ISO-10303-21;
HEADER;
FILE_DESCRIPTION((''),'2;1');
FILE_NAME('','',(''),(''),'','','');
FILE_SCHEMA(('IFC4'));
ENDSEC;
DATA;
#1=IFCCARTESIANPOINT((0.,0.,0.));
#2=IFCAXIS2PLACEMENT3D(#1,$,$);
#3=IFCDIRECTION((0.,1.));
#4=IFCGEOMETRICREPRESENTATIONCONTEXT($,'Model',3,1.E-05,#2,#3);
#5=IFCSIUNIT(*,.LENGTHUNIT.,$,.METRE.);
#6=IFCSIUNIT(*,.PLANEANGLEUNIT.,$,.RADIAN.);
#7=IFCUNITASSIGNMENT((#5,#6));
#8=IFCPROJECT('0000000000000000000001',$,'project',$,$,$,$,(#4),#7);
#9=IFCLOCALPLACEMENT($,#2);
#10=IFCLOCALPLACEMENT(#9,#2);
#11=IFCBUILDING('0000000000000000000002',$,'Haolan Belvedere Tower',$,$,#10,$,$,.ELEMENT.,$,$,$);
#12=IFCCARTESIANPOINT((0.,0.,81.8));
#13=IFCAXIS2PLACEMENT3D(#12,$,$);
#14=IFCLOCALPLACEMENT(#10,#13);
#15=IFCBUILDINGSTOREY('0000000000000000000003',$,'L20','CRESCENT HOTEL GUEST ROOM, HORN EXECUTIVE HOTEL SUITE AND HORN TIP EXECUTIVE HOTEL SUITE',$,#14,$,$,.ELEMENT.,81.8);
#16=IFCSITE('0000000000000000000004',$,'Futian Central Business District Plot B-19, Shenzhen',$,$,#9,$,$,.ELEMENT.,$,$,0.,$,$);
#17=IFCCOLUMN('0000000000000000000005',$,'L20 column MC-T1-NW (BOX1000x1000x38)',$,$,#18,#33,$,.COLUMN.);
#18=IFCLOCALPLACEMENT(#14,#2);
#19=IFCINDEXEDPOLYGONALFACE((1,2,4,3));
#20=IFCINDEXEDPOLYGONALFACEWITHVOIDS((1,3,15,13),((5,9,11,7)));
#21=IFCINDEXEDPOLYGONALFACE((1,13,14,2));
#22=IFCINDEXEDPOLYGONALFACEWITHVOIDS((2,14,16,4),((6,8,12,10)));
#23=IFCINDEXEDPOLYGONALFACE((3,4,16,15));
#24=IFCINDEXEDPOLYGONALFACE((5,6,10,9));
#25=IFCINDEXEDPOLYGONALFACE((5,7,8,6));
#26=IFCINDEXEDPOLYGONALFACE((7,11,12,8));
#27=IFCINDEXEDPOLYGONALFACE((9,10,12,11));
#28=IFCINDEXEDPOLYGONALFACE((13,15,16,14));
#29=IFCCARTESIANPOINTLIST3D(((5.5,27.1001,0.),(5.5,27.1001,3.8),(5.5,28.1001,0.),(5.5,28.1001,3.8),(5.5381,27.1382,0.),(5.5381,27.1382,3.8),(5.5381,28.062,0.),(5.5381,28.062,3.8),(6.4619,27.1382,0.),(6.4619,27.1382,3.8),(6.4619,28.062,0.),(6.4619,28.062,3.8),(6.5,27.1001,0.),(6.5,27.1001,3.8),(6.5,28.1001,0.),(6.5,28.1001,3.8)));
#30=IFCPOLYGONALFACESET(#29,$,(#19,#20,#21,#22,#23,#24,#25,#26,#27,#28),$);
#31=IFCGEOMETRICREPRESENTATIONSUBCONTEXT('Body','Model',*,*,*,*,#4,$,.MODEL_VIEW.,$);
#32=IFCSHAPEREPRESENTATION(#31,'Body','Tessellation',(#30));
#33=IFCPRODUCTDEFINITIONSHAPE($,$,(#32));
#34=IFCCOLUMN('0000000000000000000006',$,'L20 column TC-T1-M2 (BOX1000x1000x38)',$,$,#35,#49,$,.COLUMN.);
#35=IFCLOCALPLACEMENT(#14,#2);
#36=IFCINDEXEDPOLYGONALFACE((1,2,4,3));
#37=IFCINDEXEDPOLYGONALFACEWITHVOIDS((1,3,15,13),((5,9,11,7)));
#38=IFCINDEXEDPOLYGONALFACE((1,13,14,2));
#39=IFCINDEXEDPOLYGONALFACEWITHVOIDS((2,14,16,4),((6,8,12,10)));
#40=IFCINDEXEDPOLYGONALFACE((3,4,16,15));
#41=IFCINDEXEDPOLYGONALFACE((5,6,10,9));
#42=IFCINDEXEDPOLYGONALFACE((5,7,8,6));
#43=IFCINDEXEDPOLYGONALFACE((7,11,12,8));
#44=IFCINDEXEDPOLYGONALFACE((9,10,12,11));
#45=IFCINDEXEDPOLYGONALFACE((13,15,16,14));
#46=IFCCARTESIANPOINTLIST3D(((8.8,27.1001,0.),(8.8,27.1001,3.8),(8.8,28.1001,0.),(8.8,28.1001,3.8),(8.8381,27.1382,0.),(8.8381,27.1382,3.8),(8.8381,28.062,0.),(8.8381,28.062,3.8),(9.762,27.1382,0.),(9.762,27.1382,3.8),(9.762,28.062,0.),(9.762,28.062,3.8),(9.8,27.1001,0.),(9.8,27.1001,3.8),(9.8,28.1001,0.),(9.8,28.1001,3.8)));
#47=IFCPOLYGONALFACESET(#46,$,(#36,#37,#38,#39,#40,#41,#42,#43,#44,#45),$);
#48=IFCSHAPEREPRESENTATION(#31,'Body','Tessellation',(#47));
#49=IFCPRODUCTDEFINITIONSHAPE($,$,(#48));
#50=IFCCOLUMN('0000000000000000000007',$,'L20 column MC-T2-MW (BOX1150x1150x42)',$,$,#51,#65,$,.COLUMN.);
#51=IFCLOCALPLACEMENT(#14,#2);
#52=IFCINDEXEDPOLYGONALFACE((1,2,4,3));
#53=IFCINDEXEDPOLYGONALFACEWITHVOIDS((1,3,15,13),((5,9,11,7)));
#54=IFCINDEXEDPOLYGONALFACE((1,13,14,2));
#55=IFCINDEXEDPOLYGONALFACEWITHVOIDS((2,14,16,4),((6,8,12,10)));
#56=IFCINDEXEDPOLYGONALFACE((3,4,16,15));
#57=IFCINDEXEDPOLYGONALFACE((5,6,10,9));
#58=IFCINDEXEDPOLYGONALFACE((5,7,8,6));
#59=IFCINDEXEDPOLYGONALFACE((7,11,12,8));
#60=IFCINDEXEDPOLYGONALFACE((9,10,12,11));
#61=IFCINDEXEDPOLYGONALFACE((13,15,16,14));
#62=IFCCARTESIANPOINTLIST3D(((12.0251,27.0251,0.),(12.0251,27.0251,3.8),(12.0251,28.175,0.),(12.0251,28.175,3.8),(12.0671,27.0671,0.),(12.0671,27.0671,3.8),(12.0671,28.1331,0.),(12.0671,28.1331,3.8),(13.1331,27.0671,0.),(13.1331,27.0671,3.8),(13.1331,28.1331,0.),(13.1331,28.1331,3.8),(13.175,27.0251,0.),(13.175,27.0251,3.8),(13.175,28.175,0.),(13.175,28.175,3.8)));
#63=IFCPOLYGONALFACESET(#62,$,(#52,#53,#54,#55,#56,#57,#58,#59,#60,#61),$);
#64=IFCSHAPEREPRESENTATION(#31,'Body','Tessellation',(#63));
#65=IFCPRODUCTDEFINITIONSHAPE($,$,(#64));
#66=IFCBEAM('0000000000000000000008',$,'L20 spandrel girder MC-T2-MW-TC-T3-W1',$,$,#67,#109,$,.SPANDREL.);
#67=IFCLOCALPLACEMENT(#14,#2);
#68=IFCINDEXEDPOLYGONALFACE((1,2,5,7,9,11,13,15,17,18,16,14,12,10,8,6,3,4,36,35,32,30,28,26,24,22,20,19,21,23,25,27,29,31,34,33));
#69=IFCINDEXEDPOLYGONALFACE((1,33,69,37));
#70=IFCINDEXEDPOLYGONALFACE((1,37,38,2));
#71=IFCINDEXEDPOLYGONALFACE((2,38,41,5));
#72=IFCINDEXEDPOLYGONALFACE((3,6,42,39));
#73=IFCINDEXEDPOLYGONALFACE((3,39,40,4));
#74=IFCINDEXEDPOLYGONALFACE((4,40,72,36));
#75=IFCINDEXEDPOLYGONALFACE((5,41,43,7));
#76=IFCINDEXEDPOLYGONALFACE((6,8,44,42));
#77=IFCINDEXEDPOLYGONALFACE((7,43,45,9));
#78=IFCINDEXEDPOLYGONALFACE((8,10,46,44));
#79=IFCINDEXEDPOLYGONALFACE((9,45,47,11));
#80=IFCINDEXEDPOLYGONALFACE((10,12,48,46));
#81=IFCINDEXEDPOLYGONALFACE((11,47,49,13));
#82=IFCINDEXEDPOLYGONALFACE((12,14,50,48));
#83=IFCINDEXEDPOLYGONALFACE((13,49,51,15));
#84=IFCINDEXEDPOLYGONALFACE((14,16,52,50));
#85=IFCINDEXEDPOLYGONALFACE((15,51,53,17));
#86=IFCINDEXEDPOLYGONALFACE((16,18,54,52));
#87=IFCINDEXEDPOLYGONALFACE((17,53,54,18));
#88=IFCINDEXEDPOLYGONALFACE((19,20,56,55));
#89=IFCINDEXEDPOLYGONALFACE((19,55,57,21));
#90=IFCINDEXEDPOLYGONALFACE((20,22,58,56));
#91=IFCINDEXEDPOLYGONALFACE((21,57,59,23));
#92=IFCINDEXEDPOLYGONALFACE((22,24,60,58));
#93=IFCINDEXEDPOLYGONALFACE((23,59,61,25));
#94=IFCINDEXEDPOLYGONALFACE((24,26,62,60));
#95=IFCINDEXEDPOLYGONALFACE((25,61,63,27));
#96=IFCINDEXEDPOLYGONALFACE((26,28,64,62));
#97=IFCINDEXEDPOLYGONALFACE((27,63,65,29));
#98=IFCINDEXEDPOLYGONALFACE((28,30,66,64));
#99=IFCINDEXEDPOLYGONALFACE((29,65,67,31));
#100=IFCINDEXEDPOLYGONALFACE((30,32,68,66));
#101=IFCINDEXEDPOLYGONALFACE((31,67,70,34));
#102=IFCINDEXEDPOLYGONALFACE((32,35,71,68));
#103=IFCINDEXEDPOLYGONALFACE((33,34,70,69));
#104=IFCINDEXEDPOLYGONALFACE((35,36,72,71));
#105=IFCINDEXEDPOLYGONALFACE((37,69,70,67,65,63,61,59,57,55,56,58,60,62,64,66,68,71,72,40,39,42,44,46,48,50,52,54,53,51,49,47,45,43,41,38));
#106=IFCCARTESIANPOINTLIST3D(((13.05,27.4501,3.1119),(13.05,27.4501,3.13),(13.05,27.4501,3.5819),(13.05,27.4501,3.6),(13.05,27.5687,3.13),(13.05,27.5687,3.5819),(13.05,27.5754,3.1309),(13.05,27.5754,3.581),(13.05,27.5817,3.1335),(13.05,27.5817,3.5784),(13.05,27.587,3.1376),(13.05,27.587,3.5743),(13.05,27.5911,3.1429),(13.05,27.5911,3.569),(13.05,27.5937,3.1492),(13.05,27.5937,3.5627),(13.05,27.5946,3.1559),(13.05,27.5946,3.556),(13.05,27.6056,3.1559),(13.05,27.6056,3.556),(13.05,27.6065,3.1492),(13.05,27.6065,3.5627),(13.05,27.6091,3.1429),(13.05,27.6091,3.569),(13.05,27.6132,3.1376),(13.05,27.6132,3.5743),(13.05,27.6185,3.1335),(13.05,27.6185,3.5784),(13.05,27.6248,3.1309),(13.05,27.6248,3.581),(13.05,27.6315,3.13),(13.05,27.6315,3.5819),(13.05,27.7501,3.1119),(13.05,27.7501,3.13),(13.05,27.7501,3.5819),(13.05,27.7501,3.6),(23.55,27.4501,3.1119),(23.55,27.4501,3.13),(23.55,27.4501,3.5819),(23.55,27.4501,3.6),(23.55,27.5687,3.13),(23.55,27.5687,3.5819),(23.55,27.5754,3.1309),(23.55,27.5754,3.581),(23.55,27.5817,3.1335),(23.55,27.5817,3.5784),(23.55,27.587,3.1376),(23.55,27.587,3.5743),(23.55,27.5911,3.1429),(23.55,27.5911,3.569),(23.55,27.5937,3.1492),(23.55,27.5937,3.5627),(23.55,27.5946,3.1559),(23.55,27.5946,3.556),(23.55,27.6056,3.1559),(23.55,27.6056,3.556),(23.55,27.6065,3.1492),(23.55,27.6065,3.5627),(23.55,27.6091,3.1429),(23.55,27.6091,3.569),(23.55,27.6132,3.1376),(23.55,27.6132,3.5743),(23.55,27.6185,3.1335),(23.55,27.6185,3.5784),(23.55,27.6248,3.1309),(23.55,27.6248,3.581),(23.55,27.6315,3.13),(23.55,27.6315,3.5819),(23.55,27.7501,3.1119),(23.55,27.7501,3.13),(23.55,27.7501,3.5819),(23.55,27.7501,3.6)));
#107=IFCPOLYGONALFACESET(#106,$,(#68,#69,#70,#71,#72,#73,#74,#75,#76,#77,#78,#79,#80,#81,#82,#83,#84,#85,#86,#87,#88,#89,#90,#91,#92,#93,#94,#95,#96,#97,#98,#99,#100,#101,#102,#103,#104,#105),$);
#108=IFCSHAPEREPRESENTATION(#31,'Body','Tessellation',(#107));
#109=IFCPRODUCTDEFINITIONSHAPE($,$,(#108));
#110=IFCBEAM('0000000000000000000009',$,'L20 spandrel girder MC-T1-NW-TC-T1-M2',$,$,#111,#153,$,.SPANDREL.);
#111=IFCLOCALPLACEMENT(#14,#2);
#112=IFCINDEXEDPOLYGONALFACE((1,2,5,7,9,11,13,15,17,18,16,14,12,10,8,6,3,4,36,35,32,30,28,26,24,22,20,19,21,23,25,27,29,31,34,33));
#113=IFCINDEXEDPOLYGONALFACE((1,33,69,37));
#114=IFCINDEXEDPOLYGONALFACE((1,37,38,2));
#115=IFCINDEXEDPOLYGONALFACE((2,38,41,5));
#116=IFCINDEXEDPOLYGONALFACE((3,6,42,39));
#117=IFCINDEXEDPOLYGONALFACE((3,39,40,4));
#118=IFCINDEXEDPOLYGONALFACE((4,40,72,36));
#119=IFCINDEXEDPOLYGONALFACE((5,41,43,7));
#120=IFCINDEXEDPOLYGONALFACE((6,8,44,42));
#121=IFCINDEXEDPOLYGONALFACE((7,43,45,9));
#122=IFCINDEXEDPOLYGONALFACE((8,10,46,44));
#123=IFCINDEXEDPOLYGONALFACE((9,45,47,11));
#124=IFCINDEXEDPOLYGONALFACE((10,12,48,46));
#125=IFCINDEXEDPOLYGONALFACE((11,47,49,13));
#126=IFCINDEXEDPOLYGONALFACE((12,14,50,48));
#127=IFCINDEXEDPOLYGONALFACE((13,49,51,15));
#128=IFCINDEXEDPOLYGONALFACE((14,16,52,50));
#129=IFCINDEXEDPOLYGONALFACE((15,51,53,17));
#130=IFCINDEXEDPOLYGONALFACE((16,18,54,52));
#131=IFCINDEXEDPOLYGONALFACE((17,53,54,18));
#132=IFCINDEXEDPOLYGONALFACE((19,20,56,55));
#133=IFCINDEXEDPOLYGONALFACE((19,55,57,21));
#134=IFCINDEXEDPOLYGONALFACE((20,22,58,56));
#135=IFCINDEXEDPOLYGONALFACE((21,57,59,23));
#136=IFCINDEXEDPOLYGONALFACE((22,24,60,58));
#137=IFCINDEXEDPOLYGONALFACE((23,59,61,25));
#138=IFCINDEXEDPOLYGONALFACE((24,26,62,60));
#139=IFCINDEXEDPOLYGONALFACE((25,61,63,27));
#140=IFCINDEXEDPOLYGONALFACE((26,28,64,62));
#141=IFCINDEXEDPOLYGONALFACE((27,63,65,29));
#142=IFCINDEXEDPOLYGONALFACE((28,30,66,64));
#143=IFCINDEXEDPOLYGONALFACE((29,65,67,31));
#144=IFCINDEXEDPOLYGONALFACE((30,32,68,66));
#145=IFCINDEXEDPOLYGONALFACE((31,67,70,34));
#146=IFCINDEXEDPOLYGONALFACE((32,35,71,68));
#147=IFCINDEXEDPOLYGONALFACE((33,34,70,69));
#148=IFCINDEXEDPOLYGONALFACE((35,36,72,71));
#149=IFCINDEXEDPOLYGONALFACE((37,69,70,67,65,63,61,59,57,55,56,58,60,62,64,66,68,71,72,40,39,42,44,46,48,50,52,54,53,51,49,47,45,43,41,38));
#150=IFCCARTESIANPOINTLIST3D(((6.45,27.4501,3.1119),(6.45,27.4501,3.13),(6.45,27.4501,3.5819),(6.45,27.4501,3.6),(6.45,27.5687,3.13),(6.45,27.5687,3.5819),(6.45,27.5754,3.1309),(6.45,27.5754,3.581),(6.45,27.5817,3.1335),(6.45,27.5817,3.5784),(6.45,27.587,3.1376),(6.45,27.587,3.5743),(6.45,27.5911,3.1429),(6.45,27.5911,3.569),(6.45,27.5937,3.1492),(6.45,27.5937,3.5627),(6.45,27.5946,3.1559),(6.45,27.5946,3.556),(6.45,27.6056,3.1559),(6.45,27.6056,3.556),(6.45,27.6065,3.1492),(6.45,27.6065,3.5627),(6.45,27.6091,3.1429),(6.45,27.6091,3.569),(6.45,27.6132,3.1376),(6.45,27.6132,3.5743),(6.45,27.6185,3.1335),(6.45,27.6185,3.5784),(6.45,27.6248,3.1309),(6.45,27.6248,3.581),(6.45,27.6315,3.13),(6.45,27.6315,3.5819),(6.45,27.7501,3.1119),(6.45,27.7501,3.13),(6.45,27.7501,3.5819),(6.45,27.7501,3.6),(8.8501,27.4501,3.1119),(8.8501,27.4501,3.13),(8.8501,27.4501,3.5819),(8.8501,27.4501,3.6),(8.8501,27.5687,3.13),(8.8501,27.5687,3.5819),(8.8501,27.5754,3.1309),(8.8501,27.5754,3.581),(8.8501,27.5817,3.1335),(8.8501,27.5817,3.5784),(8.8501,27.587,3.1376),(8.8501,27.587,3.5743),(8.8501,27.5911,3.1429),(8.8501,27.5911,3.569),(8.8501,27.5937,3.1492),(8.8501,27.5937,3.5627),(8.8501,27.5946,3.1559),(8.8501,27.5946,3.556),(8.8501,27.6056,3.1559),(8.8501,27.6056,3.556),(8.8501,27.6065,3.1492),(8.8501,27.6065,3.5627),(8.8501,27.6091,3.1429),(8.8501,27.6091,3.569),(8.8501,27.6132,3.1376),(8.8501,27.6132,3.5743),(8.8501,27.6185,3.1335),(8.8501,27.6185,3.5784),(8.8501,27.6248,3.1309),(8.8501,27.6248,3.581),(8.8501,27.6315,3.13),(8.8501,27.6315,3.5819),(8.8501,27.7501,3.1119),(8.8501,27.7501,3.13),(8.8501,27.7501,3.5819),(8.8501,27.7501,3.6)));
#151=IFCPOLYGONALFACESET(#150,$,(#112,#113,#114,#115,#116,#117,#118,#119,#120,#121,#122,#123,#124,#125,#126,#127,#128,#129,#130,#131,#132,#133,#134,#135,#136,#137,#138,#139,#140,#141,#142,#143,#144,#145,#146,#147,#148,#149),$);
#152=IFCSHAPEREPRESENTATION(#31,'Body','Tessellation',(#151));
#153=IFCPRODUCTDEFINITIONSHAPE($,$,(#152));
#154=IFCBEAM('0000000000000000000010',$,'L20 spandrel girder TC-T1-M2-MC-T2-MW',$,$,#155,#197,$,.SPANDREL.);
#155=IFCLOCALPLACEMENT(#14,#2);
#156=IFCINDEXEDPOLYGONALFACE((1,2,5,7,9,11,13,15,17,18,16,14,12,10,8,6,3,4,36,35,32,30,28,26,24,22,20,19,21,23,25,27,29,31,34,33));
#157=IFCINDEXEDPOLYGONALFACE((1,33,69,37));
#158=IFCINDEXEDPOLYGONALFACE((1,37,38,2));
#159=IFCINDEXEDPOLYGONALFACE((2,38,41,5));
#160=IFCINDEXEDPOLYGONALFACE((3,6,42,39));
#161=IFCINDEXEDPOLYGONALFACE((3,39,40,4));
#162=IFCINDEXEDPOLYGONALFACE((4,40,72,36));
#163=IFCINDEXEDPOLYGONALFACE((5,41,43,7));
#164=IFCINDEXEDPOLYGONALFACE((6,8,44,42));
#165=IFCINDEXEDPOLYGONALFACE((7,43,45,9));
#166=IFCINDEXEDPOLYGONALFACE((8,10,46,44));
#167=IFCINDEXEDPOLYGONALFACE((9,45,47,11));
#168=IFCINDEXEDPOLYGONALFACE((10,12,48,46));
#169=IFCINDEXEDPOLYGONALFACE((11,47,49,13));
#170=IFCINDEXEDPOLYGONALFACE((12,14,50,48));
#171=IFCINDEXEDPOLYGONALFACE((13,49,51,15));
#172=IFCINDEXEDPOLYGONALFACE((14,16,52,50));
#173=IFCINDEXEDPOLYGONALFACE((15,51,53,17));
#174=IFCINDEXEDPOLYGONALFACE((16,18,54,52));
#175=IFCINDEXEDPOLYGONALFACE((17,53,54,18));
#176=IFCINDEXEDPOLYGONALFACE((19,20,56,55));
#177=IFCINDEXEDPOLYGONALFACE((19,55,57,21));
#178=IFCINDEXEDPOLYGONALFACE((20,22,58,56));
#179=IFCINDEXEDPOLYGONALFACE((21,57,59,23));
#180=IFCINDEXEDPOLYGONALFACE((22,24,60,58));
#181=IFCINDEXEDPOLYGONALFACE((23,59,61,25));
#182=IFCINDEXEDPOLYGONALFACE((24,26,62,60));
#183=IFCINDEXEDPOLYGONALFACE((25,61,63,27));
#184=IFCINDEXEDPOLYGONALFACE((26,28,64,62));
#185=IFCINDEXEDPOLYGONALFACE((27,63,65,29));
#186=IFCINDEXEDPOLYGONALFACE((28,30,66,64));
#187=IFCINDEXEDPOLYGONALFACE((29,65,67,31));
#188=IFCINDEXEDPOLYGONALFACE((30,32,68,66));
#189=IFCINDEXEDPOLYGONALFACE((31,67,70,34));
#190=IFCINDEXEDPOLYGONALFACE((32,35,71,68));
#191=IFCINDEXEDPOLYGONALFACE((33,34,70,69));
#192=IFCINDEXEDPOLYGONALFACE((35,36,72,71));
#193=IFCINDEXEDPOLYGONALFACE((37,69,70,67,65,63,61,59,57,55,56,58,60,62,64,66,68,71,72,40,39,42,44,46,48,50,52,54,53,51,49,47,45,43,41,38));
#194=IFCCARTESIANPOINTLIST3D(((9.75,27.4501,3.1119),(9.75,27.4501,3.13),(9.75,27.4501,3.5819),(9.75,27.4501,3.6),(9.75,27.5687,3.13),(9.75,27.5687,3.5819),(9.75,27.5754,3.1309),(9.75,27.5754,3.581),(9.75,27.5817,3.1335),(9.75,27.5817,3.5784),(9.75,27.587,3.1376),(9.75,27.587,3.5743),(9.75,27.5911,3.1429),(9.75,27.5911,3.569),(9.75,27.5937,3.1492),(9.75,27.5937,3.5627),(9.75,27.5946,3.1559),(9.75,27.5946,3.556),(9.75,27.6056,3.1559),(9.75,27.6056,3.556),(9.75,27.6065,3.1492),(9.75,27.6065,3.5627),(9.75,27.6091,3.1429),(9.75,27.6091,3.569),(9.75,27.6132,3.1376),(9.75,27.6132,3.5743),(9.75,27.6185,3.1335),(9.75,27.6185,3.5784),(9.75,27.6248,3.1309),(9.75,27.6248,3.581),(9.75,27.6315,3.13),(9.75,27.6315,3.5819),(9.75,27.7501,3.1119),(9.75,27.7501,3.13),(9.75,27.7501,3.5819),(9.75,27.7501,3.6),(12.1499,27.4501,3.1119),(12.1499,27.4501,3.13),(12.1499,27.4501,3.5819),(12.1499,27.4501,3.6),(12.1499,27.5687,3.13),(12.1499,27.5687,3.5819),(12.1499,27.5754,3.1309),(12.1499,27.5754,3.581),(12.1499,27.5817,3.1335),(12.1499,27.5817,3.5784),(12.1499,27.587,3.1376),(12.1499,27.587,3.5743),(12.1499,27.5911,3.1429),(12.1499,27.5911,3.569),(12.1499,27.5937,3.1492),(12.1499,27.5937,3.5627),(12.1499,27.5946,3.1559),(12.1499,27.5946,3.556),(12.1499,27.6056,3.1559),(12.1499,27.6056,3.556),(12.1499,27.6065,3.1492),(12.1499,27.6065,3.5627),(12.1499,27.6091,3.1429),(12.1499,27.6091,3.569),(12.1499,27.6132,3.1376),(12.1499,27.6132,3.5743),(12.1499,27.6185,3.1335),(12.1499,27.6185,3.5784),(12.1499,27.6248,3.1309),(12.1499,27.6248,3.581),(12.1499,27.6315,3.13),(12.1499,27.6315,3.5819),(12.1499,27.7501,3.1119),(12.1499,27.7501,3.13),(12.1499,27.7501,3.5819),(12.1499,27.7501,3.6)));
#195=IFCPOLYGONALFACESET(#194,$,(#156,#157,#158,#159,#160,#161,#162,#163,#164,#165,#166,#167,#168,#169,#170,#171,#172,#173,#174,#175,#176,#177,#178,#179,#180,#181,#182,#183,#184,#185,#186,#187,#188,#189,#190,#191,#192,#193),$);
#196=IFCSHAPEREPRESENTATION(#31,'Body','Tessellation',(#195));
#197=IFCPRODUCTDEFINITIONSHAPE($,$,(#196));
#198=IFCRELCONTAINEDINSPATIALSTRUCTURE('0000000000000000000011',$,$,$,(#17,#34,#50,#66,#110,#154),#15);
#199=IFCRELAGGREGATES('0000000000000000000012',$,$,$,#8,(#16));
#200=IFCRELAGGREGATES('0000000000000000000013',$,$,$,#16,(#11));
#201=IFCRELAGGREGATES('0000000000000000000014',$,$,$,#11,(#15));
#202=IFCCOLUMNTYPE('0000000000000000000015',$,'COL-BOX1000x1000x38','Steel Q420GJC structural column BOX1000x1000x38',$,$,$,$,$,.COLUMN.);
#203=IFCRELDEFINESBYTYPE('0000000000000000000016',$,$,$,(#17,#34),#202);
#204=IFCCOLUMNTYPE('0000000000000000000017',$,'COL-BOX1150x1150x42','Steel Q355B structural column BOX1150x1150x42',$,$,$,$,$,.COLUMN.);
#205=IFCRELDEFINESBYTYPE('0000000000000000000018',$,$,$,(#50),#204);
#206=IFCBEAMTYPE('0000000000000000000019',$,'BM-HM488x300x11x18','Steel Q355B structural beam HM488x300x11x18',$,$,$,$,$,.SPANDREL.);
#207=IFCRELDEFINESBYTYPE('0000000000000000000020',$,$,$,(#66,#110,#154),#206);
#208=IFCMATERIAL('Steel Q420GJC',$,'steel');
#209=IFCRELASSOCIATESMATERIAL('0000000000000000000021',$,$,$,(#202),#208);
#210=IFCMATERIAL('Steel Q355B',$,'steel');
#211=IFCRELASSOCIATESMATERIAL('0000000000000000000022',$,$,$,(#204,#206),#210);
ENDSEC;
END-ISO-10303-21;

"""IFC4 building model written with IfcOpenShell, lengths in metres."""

from ifc_helpers import new_model, si_unit, direction, frame, origin, origin_2d, place, context, subcontext, project, spatial, hollow_rectangle, i_section, extrude, material, material_profile, profile_set, type_object, element, save


model = new_model("IFC4")

# Units and contexts
model_context = context("Model", 3, precision=1e-05, world=origin(), true_north=direction((0.0, 1.0)))
body_context = subcontext(model_context, "Body", "Model", "MODEL_VIEW")
ifc_project = project(units=[si_unit("LENGTHUNIT", "METRE"), si_unit("PLANEANGLEUNIT", "RADIAN")], contexts=[model_context])

# Site, building, storey
site_placement = place(None, origin())
site = spatial("IfcSite", under=ifc_project, at=site_placement, Name="Futian Central Business District Plot B-19, Shenzhen", CompositionType="ELEMENT", RefElevation=0.0)
building_placement = place(site_placement, origin())
building = spatial("IfcBuilding", under=site, at=building_placement, Name="Haolan Belvedere Tower", CompositionType="ELEMENT")
storey_placement = place(building_placement, frame((0.0, 0.0, 81.8)))
storey = spatial("IfcBuildingStorey", under=building, at=storey_placement, Name="L20", Description="CRESCENT HOTEL GUEST ROOM, HORN EXECUTIVE HOTEL SUITE AND HORN TIP EXECUTIVE HOTEL SUITE", CompositionType="ELEMENT", Elevation=81.8)

# Columns
ifc_material_1 = material(Name="Steel Q420GJC", Category="steel")
ifc_material_profile_1 = material_profile(ifc_material_1, hollow_rectangle(XDim=1.0, YDim=1.0, WallThickness=0.0381, at=origin_2d()), Name="Steel Q420GJC")
ifc_profile_set_1 = profile_set([ifc_material_profile_1], Name="Steel Q420GJC")
column_type_1 = type_object("IfcColumnType", Name="COL-BOX1000x1000x38", Description="Steel Q420GJC structural column BOX1000x1000x38", PredefinedType="COLUMN", material=ifc_profile_set_1)
for number, where, z_axis, x_axis, name in (
    (1, (6.0, 27.6001, 0.0), (0.0, 0.0, 1.0), (1.0, 0.0, 0.0), "L20 column MC-T1-NW (BOX1000x1000x38)"),
    (2, (9.3, 27.6001, 0.0), (0.0, 0.0, 1.0), (1.0, 0.0, 0.0), "L20 column TC-T1-M2 (BOX1000x1000x38)"),
):
    element("IfcColumn", number, at=place(storey_placement, frame(where, z_axis=z_axis, x_axis=x_axis)), inside=storey, type_object=column_type_1, Name=name, PredefinedType="COLUMN", context=body_context, shape_type="SweptSolid", body=[
        extrude(hollow_rectangle(XDim=1.0, YDim=1.0, WallThickness=0.0381, at=origin_2d()), origin(), (0.0, 0.0, 1.0), 3.8),
    ])
ifc_material_2 = material(Name="Steel Q355B", Category="steel")
ifc_material_profile_2 = material_profile(ifc_material_2, hollow_rectangle(XDim=1.1499, YDim=1.1499, WallThickness=0.042, at=origin_2d()), Name="Steel Q355B")
ifc_profile_set_2 = profile_set([ifc_material_profile_2], Name="Steel Q355B")
column_type_2 = type_object("IfcColumnType", Name="COL-BOX1150x1150x42", Description="Steel Q355B structural column BOX1150x1150x42", PredefinedType="COLUMN", material=ifc_profile_set_2)
column_placement = place(storey_placement, frame((12.6001, 27.6001, 0.0), z_axis=(0.0, 0.0, 1.0), x_axis=(1.0, 0.0, 0.0)))
element("IfcColumn", 3, at=column_placement, inside=storey, type_object=column_type_2, Name="L20 column MC-T2-MW (BOX1150x1150x42)", PredefinedType="COLUMN", context=body_context, shape_type="SweptSolid", body=[
    extrude(hollow_rectangle(XDim=1.1499, YDim=1.1499, WallThickness=0.042, at=origin_2d()), origin(), (0.0, 0.0, 1.0), 3.8),
])

# Beams
ifc_material_profile_3 = material_profile(ifc_material_2, i_section(OverallWidth=0.3, OverallDepth=0.488, WebThickness=0.011, FlangeThickness=0.0181, FilletRadius=0.0259, at=origin_2d()), Name="Steel Q355B")
ifc_profile_set_3 = profile_set([ifc_material_profile_3], Name="Steel Q355B")
beam_type_1 = type_object("IfcBeamType", Name="BM-HM488x300x11x18", Description="Steel Q355B structural beam HM488x300x11x18", PredefinedType="SPANDREL", material=ifc_profile_set_3)
beam_1_placement = place(storey_placement, frame((13.05, 27.6001, 3.356), z_axis=(1.0, 0.0, 0.0), x_axis=(0.0, 1.0, 0.0)))
element("IfcBeam", 4, at=beam_1_placement, inside=storey, type_object=beam_type_1, Name="L20 spandrel girder MC-T2-MW-TC-T3-W1", PredefinedType="SPANDREL", context=body_context, shape_type="SweptSolid", body=[
    extrude(i_section(OverallWidth=0.3, OverallDepth=0.488, WebThickness=0.011, FlangeThickness=0.0181, FilletRadius=0.0259, at=origin_2d()), origin(), (0.0, 0.0, 1.0), 10.5),
])
beam_2_placement = place(storey_placement, frame((6.45, 27.6001, 3.356), z_axis=(1.0, 0.0, 0.0), x_axis=(0.0, 1.0, 0.0)))
element("IfcBeam", 5, at=beam_2_placement, inside=storey, type_object=beam_type_1, Name="L20 spandrel girder MC-T1-NW-TC-T1-M2", PredefinedType="SPANDREL", context=body_context, shape_type="SweptSolid", body=[
    extrude(i_section(OverallWidth=0.3, OverallDepth=0.488, WebThickness=0.011, FlangeThickness=0.0181, FilletRadius=0.0259, at=origin_2d()), origin(), (0.0, 0.0, 1.0), 2.4001),
])
beam_3_placement = place(storey_placement, frame((9.75, 27.6001, 3.356), z_axis=(1.0, 0.0, 0.0), x_axis=(0.0, 1.0, 0.0)))
element("IfcBeam", 6, at=beam_3_placement, inside=storey, type_object=beam_type_1, Name="L20 spandrel girder TC-T1-M2-MC-T2-MW", PredefinedType="SPANDREL", context=body_context, shape_type="SweptSolid", body=[
    extrude(i_section(OverallWidth=0.3, OverallDepth=0.488, WebThickness=0.011, FlangeThickness=0.0181, FilletRadius=0.0259, at=origin_2d()), origin(), (0.0, 0.0, 1.0), 2.3999),
])

save(model, "model.ifc")
